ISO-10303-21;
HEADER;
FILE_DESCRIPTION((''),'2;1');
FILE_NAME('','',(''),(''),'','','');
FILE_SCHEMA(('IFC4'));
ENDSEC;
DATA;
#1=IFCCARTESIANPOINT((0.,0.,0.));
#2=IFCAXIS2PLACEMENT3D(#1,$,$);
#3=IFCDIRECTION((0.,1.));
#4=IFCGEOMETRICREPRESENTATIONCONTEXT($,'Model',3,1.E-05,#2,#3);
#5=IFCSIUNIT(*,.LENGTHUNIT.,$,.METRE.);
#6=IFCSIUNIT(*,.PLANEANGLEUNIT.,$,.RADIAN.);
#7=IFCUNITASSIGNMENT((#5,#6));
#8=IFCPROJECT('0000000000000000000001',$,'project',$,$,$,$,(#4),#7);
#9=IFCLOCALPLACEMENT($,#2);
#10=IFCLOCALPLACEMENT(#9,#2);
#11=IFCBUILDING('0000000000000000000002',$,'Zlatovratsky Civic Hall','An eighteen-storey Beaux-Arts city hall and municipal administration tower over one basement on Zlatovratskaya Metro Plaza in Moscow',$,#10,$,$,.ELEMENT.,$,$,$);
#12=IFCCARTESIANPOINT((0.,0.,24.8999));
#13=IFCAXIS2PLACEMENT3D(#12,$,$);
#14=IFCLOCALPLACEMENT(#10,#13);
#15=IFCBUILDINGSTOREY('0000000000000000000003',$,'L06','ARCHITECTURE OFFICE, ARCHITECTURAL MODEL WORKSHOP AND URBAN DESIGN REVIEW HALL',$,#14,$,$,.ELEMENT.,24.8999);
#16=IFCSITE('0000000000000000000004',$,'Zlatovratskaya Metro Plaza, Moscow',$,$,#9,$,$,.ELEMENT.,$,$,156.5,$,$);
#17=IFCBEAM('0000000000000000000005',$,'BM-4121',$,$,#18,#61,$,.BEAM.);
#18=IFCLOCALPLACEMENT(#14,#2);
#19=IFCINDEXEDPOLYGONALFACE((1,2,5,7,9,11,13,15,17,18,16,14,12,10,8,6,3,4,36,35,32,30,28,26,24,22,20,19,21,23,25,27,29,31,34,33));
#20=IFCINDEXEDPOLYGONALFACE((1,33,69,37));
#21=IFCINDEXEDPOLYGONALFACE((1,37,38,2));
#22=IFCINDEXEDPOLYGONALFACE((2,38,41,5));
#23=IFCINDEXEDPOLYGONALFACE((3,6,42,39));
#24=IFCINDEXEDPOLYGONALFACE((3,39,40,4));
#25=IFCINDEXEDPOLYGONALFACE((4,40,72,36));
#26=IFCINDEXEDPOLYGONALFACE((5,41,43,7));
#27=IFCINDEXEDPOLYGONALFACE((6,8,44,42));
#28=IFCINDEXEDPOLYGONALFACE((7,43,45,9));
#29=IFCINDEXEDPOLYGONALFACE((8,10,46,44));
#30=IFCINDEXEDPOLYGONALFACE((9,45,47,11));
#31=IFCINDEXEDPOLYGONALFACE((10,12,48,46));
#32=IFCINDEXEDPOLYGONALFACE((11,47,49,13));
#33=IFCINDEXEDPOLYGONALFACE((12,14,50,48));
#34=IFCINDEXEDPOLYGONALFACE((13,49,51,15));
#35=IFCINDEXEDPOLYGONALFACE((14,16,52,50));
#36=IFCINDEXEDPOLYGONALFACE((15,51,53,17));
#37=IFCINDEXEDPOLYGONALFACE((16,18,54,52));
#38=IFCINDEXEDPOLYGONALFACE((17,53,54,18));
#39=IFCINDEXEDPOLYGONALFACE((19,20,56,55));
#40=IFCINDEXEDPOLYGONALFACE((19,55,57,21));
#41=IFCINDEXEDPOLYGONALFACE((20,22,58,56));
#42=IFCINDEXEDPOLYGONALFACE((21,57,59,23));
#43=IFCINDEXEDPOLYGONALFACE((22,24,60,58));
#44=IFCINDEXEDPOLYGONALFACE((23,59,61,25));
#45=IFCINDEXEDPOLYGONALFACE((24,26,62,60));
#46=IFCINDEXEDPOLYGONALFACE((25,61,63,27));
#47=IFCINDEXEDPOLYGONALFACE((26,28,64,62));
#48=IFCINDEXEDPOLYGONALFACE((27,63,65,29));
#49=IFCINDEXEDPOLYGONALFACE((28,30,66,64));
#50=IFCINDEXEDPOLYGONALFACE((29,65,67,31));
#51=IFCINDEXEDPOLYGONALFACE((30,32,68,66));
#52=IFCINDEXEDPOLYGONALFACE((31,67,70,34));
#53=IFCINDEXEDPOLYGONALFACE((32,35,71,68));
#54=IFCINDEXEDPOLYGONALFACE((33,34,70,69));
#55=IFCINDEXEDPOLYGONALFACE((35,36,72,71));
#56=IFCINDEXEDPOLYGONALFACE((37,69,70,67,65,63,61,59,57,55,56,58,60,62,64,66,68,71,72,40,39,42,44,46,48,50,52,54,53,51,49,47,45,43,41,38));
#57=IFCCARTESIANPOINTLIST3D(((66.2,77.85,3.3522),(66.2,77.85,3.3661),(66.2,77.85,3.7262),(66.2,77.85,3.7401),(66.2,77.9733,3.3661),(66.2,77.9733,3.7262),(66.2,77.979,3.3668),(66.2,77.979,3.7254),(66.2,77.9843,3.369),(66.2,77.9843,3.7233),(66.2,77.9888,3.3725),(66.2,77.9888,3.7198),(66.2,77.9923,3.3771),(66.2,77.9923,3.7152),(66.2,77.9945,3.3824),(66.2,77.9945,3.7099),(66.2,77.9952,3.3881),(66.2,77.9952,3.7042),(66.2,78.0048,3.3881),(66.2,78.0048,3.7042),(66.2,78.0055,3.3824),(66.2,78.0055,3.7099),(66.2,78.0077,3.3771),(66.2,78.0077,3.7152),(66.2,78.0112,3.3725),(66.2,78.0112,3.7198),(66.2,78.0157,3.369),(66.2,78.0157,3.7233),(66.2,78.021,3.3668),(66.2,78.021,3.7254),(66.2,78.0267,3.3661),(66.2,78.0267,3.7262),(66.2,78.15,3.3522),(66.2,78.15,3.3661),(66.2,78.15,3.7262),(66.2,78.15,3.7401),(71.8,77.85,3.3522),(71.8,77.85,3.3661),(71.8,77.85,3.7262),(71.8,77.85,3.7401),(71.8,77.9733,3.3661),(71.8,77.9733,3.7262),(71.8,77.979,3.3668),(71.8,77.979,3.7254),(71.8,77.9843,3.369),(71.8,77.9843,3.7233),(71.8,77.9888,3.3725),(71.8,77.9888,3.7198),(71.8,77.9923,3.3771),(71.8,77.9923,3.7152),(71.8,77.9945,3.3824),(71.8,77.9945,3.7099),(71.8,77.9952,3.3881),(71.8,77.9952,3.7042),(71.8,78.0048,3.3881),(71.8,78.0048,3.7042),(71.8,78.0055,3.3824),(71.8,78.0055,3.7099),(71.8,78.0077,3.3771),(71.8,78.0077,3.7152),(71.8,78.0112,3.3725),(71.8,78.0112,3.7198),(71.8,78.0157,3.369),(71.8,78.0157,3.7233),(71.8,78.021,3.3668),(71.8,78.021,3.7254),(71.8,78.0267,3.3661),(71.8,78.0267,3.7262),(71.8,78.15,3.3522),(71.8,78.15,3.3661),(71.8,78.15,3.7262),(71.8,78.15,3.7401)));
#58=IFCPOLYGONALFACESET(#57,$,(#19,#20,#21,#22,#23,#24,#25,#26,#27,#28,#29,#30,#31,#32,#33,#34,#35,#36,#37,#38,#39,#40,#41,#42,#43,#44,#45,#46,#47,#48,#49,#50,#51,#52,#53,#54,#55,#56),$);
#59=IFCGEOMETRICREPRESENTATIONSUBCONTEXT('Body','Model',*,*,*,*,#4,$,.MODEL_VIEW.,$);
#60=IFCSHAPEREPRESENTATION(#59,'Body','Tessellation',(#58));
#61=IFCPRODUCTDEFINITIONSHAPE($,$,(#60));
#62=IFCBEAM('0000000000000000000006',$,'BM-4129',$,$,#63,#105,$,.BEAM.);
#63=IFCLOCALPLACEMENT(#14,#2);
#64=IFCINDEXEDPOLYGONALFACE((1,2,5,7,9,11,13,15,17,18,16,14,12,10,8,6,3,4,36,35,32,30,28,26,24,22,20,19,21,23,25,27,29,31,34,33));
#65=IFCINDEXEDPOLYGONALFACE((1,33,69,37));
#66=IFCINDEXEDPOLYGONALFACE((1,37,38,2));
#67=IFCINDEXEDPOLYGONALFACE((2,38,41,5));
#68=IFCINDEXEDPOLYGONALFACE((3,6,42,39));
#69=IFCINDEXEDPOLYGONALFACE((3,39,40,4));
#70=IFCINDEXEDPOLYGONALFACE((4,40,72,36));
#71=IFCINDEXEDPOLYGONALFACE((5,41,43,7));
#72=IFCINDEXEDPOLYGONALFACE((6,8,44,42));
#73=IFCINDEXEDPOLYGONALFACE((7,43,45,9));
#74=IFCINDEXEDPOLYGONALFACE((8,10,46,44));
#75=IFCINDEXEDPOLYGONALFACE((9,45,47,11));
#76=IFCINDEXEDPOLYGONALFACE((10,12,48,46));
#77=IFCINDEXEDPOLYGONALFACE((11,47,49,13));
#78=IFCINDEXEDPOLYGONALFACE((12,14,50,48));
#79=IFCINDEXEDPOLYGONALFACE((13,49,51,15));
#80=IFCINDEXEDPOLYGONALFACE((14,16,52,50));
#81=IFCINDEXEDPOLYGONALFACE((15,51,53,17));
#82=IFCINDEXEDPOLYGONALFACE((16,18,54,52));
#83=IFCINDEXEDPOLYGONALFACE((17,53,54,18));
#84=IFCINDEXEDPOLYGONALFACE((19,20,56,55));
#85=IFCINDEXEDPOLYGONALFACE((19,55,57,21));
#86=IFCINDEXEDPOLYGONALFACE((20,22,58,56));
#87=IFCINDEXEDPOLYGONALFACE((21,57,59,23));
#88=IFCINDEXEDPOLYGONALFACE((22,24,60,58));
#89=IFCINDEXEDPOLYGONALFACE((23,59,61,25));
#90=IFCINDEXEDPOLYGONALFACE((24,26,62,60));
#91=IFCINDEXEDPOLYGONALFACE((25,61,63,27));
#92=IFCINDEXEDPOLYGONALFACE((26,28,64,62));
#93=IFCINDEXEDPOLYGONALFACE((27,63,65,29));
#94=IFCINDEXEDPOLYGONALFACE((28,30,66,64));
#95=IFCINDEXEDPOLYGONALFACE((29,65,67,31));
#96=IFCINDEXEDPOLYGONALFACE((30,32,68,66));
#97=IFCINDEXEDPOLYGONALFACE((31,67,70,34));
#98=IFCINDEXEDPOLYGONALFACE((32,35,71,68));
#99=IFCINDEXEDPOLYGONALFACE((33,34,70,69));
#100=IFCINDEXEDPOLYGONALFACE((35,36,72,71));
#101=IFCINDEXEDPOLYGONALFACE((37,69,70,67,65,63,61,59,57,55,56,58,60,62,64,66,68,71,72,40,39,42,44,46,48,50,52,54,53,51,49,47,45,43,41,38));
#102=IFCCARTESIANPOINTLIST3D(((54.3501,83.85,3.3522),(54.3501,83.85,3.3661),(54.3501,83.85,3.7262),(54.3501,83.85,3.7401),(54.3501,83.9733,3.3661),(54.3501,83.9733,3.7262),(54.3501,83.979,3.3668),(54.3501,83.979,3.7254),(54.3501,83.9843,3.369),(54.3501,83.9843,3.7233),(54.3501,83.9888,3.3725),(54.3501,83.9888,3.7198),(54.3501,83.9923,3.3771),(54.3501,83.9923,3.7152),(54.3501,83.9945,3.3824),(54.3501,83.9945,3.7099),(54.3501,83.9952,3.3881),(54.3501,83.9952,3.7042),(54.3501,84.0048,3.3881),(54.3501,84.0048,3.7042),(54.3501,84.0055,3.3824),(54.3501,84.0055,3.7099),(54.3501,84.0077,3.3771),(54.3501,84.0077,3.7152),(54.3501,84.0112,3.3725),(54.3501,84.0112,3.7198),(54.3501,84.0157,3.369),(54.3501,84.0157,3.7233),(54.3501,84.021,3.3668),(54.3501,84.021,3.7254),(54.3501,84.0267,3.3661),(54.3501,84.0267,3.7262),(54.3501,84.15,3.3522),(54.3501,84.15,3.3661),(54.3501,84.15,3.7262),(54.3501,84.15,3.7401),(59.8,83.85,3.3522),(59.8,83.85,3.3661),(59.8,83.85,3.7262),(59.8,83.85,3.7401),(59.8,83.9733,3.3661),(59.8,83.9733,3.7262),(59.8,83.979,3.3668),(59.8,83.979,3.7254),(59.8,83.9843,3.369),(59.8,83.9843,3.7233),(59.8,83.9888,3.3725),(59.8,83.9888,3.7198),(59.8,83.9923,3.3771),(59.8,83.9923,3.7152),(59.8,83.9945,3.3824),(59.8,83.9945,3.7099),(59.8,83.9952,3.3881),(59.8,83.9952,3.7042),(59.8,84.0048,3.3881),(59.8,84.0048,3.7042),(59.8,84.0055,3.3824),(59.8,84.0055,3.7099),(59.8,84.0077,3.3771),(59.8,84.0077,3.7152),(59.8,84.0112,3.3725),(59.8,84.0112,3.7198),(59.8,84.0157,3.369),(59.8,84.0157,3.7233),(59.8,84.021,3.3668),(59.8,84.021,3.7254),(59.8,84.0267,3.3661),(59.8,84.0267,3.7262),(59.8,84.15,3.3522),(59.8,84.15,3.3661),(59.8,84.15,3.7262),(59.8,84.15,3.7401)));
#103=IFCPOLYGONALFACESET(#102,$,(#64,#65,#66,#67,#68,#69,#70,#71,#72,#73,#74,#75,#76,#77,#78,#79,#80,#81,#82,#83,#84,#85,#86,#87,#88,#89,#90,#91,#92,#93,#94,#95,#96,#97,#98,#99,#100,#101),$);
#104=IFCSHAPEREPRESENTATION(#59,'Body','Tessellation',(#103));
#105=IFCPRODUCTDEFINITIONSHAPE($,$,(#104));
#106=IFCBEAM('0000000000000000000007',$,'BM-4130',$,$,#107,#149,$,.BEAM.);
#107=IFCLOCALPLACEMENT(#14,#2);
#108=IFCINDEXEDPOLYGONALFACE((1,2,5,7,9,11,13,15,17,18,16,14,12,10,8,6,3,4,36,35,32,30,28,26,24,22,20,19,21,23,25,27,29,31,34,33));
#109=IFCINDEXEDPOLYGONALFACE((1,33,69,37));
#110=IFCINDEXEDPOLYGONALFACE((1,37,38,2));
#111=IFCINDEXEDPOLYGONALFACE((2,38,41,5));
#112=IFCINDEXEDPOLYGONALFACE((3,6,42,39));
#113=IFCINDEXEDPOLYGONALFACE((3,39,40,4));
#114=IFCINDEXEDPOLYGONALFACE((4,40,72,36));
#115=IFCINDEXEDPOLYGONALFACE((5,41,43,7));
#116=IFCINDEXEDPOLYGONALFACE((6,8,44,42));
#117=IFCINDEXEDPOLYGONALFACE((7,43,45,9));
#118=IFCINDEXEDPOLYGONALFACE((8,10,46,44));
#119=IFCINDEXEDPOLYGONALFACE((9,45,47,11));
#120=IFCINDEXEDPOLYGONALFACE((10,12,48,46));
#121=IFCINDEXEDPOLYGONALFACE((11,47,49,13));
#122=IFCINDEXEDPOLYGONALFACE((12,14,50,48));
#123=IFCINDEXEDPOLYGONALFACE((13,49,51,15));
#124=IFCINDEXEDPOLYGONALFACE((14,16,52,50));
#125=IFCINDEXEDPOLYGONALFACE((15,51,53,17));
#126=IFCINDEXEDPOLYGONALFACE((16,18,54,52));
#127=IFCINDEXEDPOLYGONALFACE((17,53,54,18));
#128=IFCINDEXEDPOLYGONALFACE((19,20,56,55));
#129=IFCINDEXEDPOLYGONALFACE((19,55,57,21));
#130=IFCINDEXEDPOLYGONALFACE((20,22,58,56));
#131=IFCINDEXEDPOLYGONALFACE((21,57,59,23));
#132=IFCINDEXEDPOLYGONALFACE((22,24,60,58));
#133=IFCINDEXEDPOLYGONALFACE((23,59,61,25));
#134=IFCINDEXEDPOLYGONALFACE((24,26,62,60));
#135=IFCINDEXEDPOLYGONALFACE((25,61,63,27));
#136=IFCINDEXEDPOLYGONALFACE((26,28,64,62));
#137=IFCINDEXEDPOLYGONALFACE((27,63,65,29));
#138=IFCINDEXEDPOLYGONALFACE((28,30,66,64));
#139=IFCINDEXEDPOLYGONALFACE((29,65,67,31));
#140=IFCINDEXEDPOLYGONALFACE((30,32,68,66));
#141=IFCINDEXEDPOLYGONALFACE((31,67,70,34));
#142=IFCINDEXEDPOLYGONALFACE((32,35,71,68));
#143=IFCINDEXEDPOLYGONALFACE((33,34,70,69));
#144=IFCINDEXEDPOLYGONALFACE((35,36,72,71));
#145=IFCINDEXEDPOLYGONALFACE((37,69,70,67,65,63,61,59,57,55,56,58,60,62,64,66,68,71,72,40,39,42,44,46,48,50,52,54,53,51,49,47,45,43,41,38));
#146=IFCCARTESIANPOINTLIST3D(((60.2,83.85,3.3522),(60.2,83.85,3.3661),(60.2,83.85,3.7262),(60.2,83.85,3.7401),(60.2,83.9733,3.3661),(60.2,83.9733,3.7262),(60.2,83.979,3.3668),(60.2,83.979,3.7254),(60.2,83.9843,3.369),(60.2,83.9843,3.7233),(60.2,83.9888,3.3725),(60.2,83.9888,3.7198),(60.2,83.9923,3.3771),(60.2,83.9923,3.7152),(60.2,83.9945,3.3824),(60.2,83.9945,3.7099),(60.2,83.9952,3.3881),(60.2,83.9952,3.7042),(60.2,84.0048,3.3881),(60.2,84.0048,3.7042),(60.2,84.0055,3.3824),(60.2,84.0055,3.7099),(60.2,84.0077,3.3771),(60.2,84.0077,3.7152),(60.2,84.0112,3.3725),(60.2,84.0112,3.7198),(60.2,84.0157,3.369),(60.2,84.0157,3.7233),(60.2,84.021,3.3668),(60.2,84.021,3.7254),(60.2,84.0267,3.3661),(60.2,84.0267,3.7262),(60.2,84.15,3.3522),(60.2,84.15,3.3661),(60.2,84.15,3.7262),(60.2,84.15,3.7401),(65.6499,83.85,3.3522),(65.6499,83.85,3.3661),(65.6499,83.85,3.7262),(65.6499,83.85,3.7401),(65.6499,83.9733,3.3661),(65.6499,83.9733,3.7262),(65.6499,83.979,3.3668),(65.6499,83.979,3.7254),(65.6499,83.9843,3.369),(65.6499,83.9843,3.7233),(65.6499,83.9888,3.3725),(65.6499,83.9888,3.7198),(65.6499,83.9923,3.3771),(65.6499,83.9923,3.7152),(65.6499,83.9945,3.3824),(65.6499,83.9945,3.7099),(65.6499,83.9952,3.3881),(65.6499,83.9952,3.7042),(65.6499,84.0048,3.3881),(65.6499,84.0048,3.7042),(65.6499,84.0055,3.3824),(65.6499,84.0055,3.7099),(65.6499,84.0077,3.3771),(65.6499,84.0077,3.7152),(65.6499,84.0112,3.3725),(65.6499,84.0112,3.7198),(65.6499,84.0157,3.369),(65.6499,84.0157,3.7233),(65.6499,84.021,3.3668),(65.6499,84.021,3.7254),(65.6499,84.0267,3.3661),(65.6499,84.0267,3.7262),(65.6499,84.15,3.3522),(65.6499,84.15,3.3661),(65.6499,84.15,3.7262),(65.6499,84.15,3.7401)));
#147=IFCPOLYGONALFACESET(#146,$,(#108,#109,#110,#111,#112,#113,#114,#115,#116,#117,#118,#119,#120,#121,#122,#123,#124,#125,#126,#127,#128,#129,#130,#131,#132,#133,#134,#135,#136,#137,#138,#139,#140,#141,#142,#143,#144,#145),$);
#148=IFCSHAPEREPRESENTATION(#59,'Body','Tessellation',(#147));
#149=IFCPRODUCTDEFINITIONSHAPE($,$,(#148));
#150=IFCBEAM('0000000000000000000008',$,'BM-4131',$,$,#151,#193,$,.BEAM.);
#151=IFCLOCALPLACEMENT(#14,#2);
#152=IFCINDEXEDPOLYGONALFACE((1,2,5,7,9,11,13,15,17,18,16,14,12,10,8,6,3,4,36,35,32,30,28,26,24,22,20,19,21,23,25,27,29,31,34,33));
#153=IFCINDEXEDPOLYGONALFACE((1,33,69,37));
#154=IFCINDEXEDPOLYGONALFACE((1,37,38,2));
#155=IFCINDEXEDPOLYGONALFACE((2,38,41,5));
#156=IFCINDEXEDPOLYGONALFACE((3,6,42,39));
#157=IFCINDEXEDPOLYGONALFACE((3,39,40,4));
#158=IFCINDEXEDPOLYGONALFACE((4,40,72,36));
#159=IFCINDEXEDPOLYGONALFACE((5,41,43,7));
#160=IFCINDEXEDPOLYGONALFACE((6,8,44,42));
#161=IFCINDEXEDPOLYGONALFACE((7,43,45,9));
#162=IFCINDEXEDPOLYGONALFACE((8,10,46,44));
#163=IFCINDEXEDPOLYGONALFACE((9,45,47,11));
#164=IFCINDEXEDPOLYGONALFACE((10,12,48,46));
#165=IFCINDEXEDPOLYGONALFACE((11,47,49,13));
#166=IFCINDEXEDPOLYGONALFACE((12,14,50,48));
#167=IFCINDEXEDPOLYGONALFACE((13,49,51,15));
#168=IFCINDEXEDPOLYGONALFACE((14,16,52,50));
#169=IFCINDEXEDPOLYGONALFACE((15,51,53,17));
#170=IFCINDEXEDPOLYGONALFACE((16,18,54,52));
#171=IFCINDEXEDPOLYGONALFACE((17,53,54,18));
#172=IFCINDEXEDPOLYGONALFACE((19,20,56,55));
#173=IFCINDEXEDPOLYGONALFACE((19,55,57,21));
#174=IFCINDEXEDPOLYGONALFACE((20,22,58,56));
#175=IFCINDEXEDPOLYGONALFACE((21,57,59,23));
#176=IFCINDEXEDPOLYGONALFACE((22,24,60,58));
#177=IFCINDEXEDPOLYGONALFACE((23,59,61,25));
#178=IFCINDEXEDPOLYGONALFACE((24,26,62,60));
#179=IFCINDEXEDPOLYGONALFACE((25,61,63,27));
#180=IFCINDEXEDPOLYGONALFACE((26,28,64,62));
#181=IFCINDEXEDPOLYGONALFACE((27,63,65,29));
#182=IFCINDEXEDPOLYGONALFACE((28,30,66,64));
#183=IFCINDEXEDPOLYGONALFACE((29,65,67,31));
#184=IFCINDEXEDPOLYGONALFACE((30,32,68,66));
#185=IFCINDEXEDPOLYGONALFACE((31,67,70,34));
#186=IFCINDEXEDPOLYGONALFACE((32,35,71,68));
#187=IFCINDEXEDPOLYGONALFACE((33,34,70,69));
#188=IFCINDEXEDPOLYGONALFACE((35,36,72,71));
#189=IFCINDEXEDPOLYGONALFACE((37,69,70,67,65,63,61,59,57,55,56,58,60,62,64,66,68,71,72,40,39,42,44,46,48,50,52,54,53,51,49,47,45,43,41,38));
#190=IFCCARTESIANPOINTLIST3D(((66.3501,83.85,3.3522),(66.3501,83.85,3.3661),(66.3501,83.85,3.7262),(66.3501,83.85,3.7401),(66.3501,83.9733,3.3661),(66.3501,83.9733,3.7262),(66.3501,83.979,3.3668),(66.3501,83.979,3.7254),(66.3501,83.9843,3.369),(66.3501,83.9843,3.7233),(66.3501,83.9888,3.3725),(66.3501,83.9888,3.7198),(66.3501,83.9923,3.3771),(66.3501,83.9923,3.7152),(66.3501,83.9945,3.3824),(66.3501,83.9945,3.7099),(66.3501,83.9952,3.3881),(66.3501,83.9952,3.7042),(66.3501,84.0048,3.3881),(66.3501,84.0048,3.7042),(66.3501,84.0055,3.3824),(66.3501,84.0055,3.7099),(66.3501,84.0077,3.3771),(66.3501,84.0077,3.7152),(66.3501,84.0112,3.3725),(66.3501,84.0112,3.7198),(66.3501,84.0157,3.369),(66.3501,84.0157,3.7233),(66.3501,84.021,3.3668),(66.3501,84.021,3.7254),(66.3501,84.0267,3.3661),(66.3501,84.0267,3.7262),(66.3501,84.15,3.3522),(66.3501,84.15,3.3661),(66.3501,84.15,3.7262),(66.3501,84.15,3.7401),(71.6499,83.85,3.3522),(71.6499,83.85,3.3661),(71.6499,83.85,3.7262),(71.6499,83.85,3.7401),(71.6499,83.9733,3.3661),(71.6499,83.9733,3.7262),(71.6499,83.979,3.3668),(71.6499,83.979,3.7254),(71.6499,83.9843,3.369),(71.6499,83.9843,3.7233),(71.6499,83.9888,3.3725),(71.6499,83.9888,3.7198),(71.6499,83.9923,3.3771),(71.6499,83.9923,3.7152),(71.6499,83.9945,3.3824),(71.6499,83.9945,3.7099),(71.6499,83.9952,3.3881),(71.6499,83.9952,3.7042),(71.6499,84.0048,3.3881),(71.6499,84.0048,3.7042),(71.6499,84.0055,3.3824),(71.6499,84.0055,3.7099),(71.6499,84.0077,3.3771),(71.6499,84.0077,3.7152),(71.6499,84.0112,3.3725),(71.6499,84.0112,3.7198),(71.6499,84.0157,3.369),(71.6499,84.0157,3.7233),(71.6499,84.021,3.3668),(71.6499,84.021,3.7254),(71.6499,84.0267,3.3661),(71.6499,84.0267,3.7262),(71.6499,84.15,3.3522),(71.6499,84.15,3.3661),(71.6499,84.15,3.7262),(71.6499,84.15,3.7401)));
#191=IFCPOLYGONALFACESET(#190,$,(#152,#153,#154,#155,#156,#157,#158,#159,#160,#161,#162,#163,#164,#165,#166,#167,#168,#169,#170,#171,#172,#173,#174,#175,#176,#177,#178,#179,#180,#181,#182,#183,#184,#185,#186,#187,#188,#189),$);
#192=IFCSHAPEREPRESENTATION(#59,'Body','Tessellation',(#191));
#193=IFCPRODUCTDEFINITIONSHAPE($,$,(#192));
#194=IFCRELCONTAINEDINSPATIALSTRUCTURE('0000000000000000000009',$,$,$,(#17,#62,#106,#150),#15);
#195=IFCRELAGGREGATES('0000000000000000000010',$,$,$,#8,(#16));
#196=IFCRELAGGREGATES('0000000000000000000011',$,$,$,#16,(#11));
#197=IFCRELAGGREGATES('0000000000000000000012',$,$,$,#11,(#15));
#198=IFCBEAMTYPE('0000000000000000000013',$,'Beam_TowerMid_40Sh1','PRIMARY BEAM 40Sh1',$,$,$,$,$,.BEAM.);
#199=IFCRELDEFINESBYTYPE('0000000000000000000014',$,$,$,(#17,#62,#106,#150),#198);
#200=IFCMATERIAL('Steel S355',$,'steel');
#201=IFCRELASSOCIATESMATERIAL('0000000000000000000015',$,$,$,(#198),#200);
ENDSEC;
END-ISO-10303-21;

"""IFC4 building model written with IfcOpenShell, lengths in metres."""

from ifc_helpers import new_model, si_unit, direction, frame, origin, origin_2d, place, context, subcontext, project, spatial, i_section, extrude, material, material_profile, profile_set, type_object, element, save


model = new_model("IFC4")

# Units and contexts
model_context = context("Model", 3, precision=1e-05, world=origin(), true_north=direction((0.0, 1.0)))
body_context = subcontext(model_context, "Body", "Model", "MODEL_VIEW")
ifc_project = project(units=[si_unit("LENGTHUNIT", "METRE"), si_unit("PLANEANGLEUNIT", "RADIAN")], contexts=[model_context])

# Site, building, storey
site_placement = place(None, origin())
site = spatial("IfcSite", under=ifc_project, at=site_placement, Name="Zlatovratskaya Metro Plaza, Moscow", CompositionType="ELEMENT", RefElevation=156.5)
building_placement = place(site_placement, origin())
building = spatial("IfcBuilding", under=site, at=building_placement, Name="Zlatovratsky Civic Hall", Description="An eighteen-storey Beaux-Arts city hall and municipal administration tower over one basement on Zlatovratskaya Metro Plaza in Moscow", CompositionType="ELEMENT")
storey_placement = place(building_placement, frame((0.0, 0.0, 24.8999)))
storey = spatial("IfcBuildingStorey", under=building, at=storey_placement, Name="L06", Description="ARCHITECTURE OFFICE, ARCHITECTURAL MODEL WORKSHOP AND URBAN DESIGN REVIEW HALL", CompositionType="ELEMENT", Elevation=24.8999)

# Shared definitions
ifc_material_1 = material(Name="Steel S355", Category="steel")

# Beams
ifc_material_profile_1 = material_profile(ifc_material_1, i_section(OverallWidth=0.3, OverallDepth=0.3879, WebThickness=0.0095, FlangeThickness=0.0139, FilletRadius=0.022, at=origin_2d()), Name="40Sh1")
ifc_profile_set_1 = profile_set([ifc_material_profile_1], Name="Steel S355")
beam_type_1 = type_object("IfcBeamType", Name="Beam_TowerMid_40Sh1", Description="PRIMARY BEAM 40Sh1", PredefinedType="BEAM", material=ifc_profile_set_1)
beam_1_placement = place(storey_placement, frame((66.2, 78.0, 3.5461), z_axis=(1.0, 0.0, 0.0), x_axis=(0.0, 1.0, 0.0)))
element("IfcBeam", 1, at=beam_1_placement, inside=storey, type_object=beam_type_1, Name="BM-4121", PredefinedType="BEAM", context=body_context, shape_type="SweptSolid", body=[
    extrude(i_section(OverallWidth=0.3, OverallDepth=0.3879, WebThickness=0.0095, FlangeThickness=0.0139, FilletRadius=0.022, at=origin_2d()), origin(), (0.0, 0.0, 1.0), 5.6001),
])
for number, where, z_axis, x_axis, name in (
    (2, (54.3501, 84.0, 3.5461), (1.0, 0.0, 0.0), (0.0, 1.0, 0.0), "BM-4129"),
    (3, (60.2, 84.0, 3.5461), (1.0, 0.0, 0.0), (0.0, 1.0, 0.0), "BM-4130"),
):
    element("IfcBeam", number, at=place(storey_placement, frame(where, z_axis=z_axis, x_axis=x_axis)), inside=storey, type_object=beam_type_1, Name=name, PredefinedType="BEAM", context=body_context, shape_type="SweptSolid", body=[
        extrude(i_section(OverallWidth=0.3, OverallDepth=0.3879, WebThickness=0.0095, FlangeThickness=0.0139, FilletRadius=0.022, at=origin_2d()), origin(), (0.0, 0.0, 1.0), 5.45),
    ])
beam_2_placement = place(storey_placement, frame((66.3501, 84.0, 3.5461), z_axis=(1.0, 0.0, 0.0), x_axis=(0.0, 1.0, 0.0)))
element("IfcBeam", 4, at=beam_2_placement, inside=storey, type_object=beam_type_1, Name="BM-4131", PredefinedType="BEAM", context=body_context, shape_type="SweptSolid", body=[
    extrude(i_section(OverallWidth=0.3, OverallDepth=0.3879, WebThickness=0.0095, FlangeThickness=0.0139, FilletRadius=0.022, at=origin_2d()), origin(), (0.0, 0.0, 1.0), 5.2998),
])

save(model, "model.ifc")
